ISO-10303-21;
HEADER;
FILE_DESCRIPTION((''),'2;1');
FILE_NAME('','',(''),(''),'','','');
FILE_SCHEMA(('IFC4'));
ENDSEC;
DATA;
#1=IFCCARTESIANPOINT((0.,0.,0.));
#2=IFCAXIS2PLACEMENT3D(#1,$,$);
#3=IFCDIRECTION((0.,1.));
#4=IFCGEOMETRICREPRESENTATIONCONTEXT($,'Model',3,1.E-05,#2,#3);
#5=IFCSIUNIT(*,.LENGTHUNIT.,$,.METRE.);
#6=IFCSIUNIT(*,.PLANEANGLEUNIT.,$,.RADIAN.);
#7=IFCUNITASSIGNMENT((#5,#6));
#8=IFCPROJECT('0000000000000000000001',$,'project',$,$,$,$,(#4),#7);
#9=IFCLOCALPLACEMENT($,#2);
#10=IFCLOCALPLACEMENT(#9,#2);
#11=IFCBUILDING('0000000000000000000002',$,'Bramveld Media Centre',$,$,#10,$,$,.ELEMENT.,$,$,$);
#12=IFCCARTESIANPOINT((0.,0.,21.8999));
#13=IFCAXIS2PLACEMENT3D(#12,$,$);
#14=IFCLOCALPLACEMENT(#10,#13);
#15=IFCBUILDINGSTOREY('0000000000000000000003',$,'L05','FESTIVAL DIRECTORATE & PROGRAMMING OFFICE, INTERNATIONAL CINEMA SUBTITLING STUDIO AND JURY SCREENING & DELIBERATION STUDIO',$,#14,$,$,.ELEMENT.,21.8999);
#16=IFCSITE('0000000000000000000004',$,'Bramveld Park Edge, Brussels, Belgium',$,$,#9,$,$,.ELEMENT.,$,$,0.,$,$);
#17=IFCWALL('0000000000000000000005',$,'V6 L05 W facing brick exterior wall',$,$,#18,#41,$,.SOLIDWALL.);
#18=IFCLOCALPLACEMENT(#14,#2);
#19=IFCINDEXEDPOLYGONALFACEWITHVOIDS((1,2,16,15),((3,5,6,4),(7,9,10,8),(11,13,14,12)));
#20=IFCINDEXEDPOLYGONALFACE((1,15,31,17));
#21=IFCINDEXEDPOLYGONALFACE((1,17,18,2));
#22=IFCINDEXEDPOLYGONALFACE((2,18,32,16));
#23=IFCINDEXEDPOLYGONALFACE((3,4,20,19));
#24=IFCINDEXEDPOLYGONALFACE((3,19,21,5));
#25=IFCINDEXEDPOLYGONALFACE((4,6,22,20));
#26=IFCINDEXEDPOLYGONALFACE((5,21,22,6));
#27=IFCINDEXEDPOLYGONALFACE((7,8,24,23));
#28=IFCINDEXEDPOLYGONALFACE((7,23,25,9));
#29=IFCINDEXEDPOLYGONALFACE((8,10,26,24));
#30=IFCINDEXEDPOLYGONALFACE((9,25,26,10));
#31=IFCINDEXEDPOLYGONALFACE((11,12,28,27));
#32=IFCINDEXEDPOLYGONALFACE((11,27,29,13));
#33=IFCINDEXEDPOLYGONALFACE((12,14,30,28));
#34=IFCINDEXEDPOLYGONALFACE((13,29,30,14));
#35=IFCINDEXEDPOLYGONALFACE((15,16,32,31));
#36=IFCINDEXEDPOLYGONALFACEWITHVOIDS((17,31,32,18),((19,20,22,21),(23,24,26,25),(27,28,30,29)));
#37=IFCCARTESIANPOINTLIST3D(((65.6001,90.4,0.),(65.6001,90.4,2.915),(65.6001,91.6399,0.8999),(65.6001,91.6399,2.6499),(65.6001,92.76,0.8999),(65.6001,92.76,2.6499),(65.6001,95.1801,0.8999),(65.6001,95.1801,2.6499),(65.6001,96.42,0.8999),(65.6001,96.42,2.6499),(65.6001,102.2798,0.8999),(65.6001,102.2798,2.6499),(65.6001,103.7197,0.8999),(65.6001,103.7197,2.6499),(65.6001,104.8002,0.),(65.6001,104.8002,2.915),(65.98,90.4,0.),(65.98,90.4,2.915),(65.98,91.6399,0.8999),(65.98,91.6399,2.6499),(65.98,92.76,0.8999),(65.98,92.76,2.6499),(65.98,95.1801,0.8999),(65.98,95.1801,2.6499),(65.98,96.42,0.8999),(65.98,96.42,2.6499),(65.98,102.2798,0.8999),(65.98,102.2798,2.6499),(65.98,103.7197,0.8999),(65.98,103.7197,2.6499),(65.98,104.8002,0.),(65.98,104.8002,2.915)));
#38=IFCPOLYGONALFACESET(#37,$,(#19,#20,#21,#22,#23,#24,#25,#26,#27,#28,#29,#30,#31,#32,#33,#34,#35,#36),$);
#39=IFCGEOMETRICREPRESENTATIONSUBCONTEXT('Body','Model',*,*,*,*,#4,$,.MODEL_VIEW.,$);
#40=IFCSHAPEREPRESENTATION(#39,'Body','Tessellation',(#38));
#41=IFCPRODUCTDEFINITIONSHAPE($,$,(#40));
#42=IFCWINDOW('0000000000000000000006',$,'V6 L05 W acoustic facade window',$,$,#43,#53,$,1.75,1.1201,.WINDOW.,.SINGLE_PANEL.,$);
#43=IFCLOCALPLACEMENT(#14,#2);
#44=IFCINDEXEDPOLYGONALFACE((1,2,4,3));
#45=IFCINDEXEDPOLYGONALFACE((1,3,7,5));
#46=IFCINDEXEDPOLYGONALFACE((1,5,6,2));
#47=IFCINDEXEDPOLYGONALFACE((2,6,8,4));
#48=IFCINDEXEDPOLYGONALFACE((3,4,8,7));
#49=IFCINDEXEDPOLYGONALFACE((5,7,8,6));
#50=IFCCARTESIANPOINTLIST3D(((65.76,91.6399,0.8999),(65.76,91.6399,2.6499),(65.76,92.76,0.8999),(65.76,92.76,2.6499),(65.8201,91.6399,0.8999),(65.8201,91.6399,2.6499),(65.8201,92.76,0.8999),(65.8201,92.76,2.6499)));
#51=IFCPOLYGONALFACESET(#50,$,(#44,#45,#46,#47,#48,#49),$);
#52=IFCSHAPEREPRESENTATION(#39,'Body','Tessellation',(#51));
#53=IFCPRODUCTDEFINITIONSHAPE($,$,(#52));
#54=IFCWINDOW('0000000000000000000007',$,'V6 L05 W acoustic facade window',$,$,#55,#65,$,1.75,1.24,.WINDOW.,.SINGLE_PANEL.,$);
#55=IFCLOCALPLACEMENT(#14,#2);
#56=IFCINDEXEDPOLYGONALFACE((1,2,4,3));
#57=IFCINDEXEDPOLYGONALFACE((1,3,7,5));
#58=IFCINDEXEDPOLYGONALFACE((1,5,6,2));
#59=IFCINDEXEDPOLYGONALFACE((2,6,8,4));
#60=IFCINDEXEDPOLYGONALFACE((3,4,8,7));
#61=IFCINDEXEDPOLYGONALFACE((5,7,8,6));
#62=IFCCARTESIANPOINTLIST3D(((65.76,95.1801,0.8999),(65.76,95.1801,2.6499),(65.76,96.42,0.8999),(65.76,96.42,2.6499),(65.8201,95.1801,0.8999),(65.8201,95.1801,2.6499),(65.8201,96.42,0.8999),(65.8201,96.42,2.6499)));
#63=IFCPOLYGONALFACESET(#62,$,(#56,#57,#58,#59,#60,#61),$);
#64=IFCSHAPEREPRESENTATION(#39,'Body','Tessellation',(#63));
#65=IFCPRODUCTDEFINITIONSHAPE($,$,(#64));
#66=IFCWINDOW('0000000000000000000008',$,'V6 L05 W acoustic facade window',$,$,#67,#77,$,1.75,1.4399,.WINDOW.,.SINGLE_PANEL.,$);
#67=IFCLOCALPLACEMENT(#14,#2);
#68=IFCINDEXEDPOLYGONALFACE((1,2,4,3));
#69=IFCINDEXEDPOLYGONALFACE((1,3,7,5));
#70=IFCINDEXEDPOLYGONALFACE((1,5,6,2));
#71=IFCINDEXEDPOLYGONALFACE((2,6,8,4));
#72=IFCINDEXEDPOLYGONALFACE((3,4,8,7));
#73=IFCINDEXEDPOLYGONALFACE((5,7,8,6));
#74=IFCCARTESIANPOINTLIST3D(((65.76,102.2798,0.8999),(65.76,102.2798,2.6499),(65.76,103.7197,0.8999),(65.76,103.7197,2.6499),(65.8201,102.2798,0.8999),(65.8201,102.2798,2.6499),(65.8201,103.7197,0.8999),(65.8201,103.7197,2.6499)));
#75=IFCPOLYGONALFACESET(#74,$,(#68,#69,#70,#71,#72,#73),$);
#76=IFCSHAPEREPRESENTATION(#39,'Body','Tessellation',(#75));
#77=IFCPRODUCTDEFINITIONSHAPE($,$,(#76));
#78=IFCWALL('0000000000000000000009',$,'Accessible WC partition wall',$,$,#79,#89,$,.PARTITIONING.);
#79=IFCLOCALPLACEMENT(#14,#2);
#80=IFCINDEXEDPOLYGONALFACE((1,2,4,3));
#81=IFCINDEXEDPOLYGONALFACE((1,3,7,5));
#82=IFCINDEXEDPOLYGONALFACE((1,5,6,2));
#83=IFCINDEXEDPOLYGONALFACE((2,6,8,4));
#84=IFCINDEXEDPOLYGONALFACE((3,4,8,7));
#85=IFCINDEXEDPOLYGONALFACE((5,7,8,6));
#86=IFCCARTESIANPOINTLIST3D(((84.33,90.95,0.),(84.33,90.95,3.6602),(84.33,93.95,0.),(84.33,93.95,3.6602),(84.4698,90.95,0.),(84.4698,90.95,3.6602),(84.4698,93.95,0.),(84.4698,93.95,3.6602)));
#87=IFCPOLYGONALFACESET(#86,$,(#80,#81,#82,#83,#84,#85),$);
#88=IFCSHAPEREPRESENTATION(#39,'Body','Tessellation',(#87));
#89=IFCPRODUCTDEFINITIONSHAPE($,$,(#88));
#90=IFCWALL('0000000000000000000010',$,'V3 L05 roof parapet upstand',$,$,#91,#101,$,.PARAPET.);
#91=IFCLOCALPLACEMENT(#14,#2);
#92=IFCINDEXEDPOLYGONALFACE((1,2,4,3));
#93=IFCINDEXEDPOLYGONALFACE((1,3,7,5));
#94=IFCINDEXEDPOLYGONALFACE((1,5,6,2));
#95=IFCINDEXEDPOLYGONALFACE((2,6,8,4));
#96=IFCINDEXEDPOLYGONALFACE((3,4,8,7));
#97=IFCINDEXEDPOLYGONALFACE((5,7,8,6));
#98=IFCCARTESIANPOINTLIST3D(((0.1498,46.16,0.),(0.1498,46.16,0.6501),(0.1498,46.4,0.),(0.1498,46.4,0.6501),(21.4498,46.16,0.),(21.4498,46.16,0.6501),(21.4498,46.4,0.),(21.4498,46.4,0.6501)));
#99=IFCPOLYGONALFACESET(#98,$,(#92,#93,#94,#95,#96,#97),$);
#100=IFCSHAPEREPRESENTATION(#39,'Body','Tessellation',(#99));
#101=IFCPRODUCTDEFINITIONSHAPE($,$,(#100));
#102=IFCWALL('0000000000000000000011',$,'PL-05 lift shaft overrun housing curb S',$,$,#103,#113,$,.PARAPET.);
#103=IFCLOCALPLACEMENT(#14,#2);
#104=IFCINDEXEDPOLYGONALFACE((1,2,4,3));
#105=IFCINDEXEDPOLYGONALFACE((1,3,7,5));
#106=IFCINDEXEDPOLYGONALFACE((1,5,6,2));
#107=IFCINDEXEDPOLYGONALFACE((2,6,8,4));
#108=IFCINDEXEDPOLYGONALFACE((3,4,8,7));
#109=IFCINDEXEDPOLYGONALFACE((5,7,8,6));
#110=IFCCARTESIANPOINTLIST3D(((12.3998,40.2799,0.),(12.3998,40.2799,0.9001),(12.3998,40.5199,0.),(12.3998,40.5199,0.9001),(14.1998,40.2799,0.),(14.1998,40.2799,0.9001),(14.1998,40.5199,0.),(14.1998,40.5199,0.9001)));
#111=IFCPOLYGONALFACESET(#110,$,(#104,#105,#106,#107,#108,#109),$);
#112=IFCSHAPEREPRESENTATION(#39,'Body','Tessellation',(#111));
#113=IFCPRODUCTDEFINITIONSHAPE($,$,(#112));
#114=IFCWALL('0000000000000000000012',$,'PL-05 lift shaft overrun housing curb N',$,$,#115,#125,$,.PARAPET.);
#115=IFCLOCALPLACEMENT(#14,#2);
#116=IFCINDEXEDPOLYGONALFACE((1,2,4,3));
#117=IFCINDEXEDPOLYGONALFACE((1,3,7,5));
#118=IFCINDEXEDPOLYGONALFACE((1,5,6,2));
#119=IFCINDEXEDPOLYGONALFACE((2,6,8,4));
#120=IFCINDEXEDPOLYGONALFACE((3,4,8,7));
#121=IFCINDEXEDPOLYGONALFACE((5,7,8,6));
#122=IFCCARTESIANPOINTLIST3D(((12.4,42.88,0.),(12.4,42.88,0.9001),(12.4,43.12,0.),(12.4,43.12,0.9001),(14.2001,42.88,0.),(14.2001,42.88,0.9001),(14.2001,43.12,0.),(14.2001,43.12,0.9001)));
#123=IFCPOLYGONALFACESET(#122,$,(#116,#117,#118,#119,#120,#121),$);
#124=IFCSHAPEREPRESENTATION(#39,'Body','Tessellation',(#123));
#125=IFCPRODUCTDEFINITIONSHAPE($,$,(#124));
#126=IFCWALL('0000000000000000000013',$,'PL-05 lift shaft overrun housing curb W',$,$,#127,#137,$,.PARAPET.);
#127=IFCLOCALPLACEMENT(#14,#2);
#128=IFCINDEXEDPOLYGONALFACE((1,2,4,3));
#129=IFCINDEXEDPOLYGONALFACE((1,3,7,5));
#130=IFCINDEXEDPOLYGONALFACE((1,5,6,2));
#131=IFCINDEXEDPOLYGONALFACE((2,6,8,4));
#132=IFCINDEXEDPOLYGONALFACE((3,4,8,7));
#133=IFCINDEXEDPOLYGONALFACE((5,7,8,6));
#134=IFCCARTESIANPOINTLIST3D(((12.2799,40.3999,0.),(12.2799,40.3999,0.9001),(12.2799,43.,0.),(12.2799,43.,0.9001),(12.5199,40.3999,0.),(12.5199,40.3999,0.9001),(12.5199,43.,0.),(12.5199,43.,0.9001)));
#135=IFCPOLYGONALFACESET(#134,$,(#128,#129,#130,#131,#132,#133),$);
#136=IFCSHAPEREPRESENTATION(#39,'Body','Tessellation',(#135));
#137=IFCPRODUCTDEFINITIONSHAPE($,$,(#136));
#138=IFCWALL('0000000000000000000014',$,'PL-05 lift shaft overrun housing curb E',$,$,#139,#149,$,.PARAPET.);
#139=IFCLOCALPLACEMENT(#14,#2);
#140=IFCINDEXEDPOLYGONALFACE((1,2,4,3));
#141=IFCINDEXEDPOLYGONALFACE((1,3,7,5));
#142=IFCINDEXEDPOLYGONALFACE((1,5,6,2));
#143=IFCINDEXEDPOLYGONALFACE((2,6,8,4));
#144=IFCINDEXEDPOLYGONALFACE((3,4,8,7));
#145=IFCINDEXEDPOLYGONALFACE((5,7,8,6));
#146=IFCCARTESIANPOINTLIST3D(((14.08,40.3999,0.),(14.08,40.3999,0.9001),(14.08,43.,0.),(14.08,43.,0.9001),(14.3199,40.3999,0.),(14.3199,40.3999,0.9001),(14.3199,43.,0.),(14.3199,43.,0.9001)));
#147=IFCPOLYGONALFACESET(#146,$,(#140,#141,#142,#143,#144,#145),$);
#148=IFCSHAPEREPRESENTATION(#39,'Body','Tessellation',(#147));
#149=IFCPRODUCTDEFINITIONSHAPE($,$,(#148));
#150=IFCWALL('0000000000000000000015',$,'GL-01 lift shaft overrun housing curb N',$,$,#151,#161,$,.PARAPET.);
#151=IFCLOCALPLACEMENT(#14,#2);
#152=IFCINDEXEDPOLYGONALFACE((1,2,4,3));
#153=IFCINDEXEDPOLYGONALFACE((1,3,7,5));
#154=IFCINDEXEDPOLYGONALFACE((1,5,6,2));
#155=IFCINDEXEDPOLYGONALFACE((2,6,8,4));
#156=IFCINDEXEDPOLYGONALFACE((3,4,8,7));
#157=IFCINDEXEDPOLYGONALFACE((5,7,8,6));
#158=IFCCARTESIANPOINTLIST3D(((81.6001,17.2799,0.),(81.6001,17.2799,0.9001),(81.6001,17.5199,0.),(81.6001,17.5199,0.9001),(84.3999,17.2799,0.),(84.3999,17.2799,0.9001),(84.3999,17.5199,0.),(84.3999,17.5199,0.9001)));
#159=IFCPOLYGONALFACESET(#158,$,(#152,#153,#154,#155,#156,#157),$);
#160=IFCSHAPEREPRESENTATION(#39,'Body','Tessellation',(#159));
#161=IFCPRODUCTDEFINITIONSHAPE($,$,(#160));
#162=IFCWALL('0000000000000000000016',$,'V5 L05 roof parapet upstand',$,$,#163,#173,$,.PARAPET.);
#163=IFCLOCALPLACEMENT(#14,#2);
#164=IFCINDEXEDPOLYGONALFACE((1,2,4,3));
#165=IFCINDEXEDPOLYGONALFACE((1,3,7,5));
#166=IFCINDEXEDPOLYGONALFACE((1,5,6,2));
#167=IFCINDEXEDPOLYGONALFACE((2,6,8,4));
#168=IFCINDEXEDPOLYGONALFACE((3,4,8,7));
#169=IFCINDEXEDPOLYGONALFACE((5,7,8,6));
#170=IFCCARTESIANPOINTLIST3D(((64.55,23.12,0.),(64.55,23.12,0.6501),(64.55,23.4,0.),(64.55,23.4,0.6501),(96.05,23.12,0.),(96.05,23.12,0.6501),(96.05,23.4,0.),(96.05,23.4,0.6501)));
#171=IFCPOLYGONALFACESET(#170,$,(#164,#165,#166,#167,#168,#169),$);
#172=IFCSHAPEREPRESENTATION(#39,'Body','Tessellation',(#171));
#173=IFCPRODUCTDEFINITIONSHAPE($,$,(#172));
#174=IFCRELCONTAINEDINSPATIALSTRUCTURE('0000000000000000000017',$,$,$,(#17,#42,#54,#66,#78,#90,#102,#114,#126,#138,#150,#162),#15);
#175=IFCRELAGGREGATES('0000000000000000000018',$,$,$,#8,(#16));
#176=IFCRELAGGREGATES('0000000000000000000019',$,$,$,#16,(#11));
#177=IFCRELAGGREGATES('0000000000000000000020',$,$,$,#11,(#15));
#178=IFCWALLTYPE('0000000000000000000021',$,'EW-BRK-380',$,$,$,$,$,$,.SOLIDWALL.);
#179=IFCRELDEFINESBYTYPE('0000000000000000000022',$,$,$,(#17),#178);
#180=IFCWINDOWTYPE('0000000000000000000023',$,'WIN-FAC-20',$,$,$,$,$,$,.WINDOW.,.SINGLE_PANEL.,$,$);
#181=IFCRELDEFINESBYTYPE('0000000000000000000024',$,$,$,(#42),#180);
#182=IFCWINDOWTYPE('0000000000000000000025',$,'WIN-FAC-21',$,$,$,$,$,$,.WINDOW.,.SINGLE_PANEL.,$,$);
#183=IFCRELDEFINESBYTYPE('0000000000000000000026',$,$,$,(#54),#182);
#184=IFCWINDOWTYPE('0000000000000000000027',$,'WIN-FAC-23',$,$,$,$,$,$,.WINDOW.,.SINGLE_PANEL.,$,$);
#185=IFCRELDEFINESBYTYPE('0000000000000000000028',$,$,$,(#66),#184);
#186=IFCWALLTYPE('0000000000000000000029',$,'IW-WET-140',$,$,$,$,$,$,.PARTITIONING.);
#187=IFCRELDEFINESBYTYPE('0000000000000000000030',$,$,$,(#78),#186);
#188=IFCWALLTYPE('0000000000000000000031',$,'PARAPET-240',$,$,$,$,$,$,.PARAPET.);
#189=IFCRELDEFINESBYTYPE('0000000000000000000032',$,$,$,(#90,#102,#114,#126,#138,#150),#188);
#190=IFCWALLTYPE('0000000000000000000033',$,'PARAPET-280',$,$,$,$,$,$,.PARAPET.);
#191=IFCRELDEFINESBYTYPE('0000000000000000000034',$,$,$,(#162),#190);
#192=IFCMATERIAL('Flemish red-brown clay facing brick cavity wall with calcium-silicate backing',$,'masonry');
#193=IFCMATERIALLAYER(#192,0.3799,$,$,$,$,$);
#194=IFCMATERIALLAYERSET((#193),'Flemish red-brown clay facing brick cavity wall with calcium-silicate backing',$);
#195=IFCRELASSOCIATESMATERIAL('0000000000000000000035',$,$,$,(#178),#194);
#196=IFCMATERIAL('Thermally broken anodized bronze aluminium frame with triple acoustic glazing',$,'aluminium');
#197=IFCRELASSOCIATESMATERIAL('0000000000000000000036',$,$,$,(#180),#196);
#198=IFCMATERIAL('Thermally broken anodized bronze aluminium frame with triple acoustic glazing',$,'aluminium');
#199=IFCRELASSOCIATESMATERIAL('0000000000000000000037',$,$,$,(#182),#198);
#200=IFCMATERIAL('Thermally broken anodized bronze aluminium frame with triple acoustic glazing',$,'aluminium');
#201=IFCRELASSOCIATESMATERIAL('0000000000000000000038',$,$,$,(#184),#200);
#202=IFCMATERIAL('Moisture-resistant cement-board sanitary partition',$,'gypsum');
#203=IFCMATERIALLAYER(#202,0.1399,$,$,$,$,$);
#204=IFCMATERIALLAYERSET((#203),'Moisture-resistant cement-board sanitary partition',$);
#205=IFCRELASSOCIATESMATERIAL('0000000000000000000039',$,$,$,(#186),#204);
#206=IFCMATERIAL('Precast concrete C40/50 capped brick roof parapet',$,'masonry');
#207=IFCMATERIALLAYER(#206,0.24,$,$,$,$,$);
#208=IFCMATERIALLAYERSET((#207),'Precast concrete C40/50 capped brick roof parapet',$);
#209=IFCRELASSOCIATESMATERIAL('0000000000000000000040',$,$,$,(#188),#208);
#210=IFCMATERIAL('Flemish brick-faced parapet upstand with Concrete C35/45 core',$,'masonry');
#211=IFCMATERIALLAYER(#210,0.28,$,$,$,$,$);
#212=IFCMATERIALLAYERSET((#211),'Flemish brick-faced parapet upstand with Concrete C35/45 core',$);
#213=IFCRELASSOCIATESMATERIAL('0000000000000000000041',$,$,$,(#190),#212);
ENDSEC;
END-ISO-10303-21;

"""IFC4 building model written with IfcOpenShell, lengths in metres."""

from ifc_helpers import new_model, si_unit, direction, frame, frame_2d, origin, place, context, subcontext, project, spatial, rectangle, extrude, material, layer, layer_set, type_object, element, fill, save


model = new_model("IFC4")

# Units and contexts
model_context = context("Model", 3, precision=1e-05, world=origin(), true_north=direction((0.0, 1.0)))
body_context = subcontext(model_context, "Body", "Model", "MODEL_VIEW")
ifc_project = project(units=[si_unit("LENGTHUNIT", "METRE"), si_unit("PLANEANGLEUNIT", "RADIAN")], contexts=[model_context])

# Site, building, storey
site_placement = place(None, origin())
site = spatial("IfcSite", under=ifc_project, at=site_placement, Name="Bramveld Park Edge, Brussels, Belgium", CompositionType="ELEMENT", RefElevation=0.0)
building_placement = place(site_placement, origin())
building = spatial("IfcBuilding", under=site, at=building_placement, Name="Bramveld Media Centre", CompositionType="ELEMENT")
storey_placement = place(building_placement, frame((0.0, 0.0, 21.8999)))
storey = spatial("IfcBuildingStorey", under=building, at=storey_placement, Name="L05", Description="FESTIVAL DIRECTORATE & PROGRAMMING OFFICE, INTERNATIONAL CINEMA SUBTITLING STUDIO AND JURY SCREENING & DELIBERATION STUDIO", CompositionType="ELEMENT", Elevation=21.8999)

# Wall, openings, windows
ifc_material_1 = material(Name="Flemish red-brown clay facing brick cavity wall with calcium-silicate backing", Category="masonry")
ifc_layer_1 = layer(ifc_material_1, 0.3799)
ifc_layer_set_1 = layer_set([ifc_layer_1], Name="Flemish red-brown clay facing brick cavity wall with calcium-silicate backing")
wall_type_1 = type_object("IfcWallType", Name="EW-BRK-380", PredefinedType="SOLIDWALL", material=ifc_layer_set_1)
wall_1_placement = place(storey_placement, frame((65.79, 90.3999, 0.0), z_axis=(0.0, 0.0, 1.0), x_axis=(0.0, 1.0, 0.0)))
wall_1 = element("IfcWall", 1, at=wall_1_placement, inside=storey, type_object=wall_type_1, Name="V6 L05 W facing brick exterior wall", PredefinedType="SOLIDWALL", context=body_context, shape_type="SweptSolid", body=[
    extrude(rectangle(XDim=14.4001, YDim=0.3799, at=frame_2d((7.2002, 0.0))), origin(), (0.0, 0.0, 1.0), 2.915),
])
opening_1_placement = place(wall_1_placement, frame((1.24, 0.0, 0.8999)))
opening_1 = element("IfcOpeningElement", 2, at=opening_1_placement, cuts=wall_1, PredefinedType="OPENING", context=body_context, shape_type="SweptSolid", body=[
    extrude(rectangle(XDim=1.1201, YDim=1.75, at=frame_2d((0.5601, 0.875))), frame((0.0, 0.2019, 0.0), z_axis=(0.0, -1.0, 0.0), x_axis=(1.0, 0.0, 0.0)), (0.0, 0.0, 1.0), 0.4038),
])
opening_2_placement = place(wall_1_placement, frame((4.78, 0.0, 0.8999)))
opening_2 = element("IfcOpeningElement", 3, at=opening_2_placement, cuts=wall_1, PredefinedType="OPENING", context=body_context, shape_type="SweptSolid", body=[
    extrude(rectangle(XDim=1.24, YDim=1.75, at=frame_2d((0.6201, 0.875))), frame((0.0, 0.2019, 0.0), z_axis=(0.0, -1.0, 0.0), x_axis=(1.0, 0.0, 0.0)), (0.0, 0.0, 1.0), 0.4038),
])
opening_3_placement = place(wall_1_placement, frame((11.8799, 0.0, 0.8999)))
opening_3 = element("IfcOpeningElement", 4, at=opening_3_placement, cuts=wall_1, PredefinedType="OPENING", context=body_context, shape_type="SweptSolid", body=[
    extrude(rectangle(XDim=1.4399, YDim=1.75, at=frame_2d((0.72, 0.875))), frame((0.0, 0.2019, 0.0), z_axis=(0.0, -1.0, 0.0), x_axis=(1.0, 0.0, 0.0)), (0.0, 0.0, 1.0), 0.4038),
])
ifc_material_2 = material(Name="Thermally broken anodized bronze aluminium frame with triple acoustic glazing", Category="aluminium")
window_type_1 = type_object("IfcWindowType", Name="WIN-FAC-20", PartitioningType="SINGLE_PANEL", PredefinedType="WINDOW", material=ifc_material_2)
window_1_placement = place(opening_1_placement, origin())
window_1 = element("IfcWindow", 5, at=window_1_placement, inside=storey, type_object=window_type_1, Name="V6 L05 W acoustic facade window", OverallHeight=1.75, OverallWidth=1.1201, PartitioningType="SINGLE_PANEL", PredefinedType="WINDOW", context=body_context, shape_type="SweptSolid", body=[
    extrude(rectangle(XDim=1.1201, YDim=1.75, at=frame_2d((0.5601, 0.875))), frame((0.0, 0.03, 0.0), z_axis=(0.0, -1.0, 0.0), x_axis=(1.0, 0.0, 0.0)), (0.0, 0.0, 1.0), 0.0601),
])
fill(opening_1, window_1)
ifc_material_3 = material(Name="Thermally broken anodized bronze aluminium frame with triple acoustic glazing", Category="aluminium")
window_type_2 = type_object("IfcWindowType", Name="WIN-FAC-21", PartitioningType="SINGLE_PANEL", PredefinedType="WINDOW", material=ifc_material_3)
window_2_placement = place(opening_2_placement, origin())
window_2 = element("IfcWindow", 6, at=window_2_placement, inside=storey, type_object=window_type_2, Name="V6 L05 W acoustic facade window", OverallHeight=1.75, OverallWidth=1.24, PartitioningType="SINGLE_PANEL", PredefinedType="WINDOW", context=body_context, shape_type="SweptSolid", body=[
    extrude(rectangle(XDim=1.24, YDim=1.75, at=frame_2d((0.6201, 0.875))), frame((0.0, 0.03, 0.0), z_axis=(0.0, -1.0, 0.0), x_axis=(1.0, 0.0, 0.0)), (0.0, 0.0, 1.0), 0.0601),
])
fill(opening_2, window_2)
ifc_material_4 = material(Name="Thermally broken anodized bronze aluminium frame with triple acoustic glazing", Category="aluminium")
window_type_3 = type_object("IfcWindowType", Name="WIN-FAC-23", PartitioningType="SINGLE_PANEL", PredefinedType="WINDOW", material=ifc_material_4)
window_3_placement = place(opening_3_placement, origin())
window_3 = element("IfcWindow", 7, at=window_3_placement, inside=storey, type_object=window_type_3, Name="V6 L05 W acoustic facade window", OverallHeight=1.75, OverallWidth=1.4399, PartitioningType="SINGLE_PANEL", PredefinedType="WINDOW", context=body_context, shape_type="SweptSolid", body=[
    extrude(rectangle(XDim=1.4399, YDim=1.75, at=frame_2d((0.72, 0.875))), frame((0.0, 0.03, 0.0), z_axis=(0.0, -1.0, 0.0), x_axis=(1.0, 0.0, 0.0)), (0.0, 0.0, 1.0), 0.0601),
])
fill(opening_3, window_3)

# Walls
ifc_material_5 = material(Name="Moisture-resistant cement-board sanitary partition", Category="gypsum")
ifc_layer_2 = layer(ifc_material_5, 0.1399)
ifc_layer_set_2 = layer_set([ifc_layer_2], Name="Moisture-resistant cement-board sanitary partition")
wall_type_2 = type_object("IfcWallType", Name="IW-WET-140", PredefinedType="PARTITIONING", material=ifc_layer_set_2)
wall_2_placement = place(storey_placement, frame((84.3999, 90.95, 0.0), z_axis=(0.0, 0.0, 1.0), x_axis=(0.0, 1.0, 0.0)))
element("IfcWall", 8, at=wall_2_placement, inside=storey, type_object=wall_type_2, Name="Accessible WC partition wall", PredefinedType="PARTITIONING", context=body_context, shape_type="SweptSolid", body=[
    extrude(rectangle(XDim=3.0, YDim=0.1399, at=frame_2d((1.5, 0.0))), origin(), (0.0, 0.0, 1.0), 3.6602),
])
ifc_material_6 = material(Name="Precast concrete C40/50 capped brick roof parapet", Category="masonry")
ifc_layer_3 = layer(ifc_material_6, 0.24)
ifc_layer_set_3 = layer_set([ifc_layer_3], Name="Precast concrete C40/50 capped brick roof parapet")
wall_type_3 = type_object("IfcWallType", Name="PARAPET-240", PredefinedType="PARAPET", material=ifc_layer_set_3)
wall_3_placement = place(storey_placement, frame((0.1499, 46.28, 0.0), z_axis=(0.0, 0.0, 1.0), x_axis=(1.0, 0.0, 0.0)))
element("IfcWall", 9, at=wall_3_placement, inside=storey, type_object=wall_type_3, Name="V3 L05 roof parapet upstand", PredefinedType="PARAPET", context=body_context, shape_type="SweptSolid", body=[
    extrude(rectangle(XDim=21.3, YDim=0.24, at=frame_2d((10.6499, 0.0))), origin(), (0.0, 0.0, 1.0), 0.6501),
])
for number, where, z_axis, x_axis, name in (
    (10, (12.3999, 40.3999, 0.0), (0.0, 0.0, 1.0), (1.0, 0.0, 0.0), "PL-05 lift shaft overrun housing curb S"),
    (11, (14.2, 43.0, 0.0), (0.0, 0.0, 1.0), (-1.0, 0.0, 0.0), "PL-05 lift shaft overrun housing curb N"),
):
    element("IfcWall", number, at=place(storey_placement, frame(where, z_axis=z_axis, x_axis=x_axis)), inside=storey, type_object=wall_type_3, Name=name, PredefinedType="PARAPET", context=body_context, shape_type="SweptSolid", body=[
        extrude(rectangle(XDim=1.8, YDim=0.24, at=frame_2d((0.8999, 0.0))), origin(), (0.0, 0.0, 1.0), 0.9001),
    ])
for number, where, z_axis, x_axis, name in (
    (12, (12.3999, 43.0, 0.0), (0.0, 0.0, 1.0), (0.0, -1.0, 0.0), "PL-05 lift shaft overrun housing curb W"),
    (13, (14.2, 40.3999, 0.0), (0.0, 0.0, 1.0), (0.0, 1.0, 0.0), "PL-05 lift shaft overrun housing curb E"),
):
    element("IfcWall", number, at=place(storey_placement, frame(where, z_axis=z_axis, x_axis=x_axis)), inside=storey, type_object=wall_type_3, Name=name, PredefinedType="PARAPET", context=body_context, shape_type="SweptSolid", body=[
        extrude(rectangle(XDim=2.6001, YDim=0.24, at=frame_2d((1.3, 0.0))), origin(), (0.0, 0.0, 1.0), 0.9001),
    ])
wall_4_placement = place(storey_placement, frame((84.3999, 17.3999, 0.0), z_axis=(0.0, 0.0, 1.0), x_axis=(-1.0, 0.0, 0.0)))
element("IfcWall", 14, at=wall_4_placement, inside=storey, type_object=wall_type_3, Name="GL-01 lift shaft overrun housing curb N", PredefinedType="PARAPET", context=body_context, shape_type="SweptSolid", body=[
    extrude(rectangle(XDim=2.7998, YDim=0.24, at=frame_2d((1.3999, 0.0))), origin(), (0.0, 0.0, 1.0), 0.9001),
])
ifc_material_7 = material(Name="Flemish brick-faced parapet upstand with Concrete C35/45 core", Category="masonry")
ifc_layer_4 = layer(ifc_material_7, 0.28)
ifc_layer_set_4 = layer_set([ifc_layer_4], Name="Flemish brick-faced parapet upstand with Concrete C35/45 core")
wall_type_4 = type_object("IfcWallType", Name="PARAPET-280", PredefinedType="PARAPET", material=ifc_layer_set_4)
wall_5_placement = place(storey_placement, frame((64.55, 23.26, 0.0), z_axis=(0.0, 0.0, 1.0), x_axis=(1.0, 0.0, 0.0)))
element("IfcWall", 15, at=wall_5_placement, inside=storey, type_object=wall_type_4, Name="V5 L05 roof parapet upstand", PredefinedType="PARAPET", context=body_context, shape_type="SweptSolid", body=[
    extrude(rectangle(XDim=31.5, YDim=0.28, at=frame_2d((15.75, 0.0))), origin(), (0.0, 0.0, 1.0), 0.6501),
])

save(model, "model.ifc")
